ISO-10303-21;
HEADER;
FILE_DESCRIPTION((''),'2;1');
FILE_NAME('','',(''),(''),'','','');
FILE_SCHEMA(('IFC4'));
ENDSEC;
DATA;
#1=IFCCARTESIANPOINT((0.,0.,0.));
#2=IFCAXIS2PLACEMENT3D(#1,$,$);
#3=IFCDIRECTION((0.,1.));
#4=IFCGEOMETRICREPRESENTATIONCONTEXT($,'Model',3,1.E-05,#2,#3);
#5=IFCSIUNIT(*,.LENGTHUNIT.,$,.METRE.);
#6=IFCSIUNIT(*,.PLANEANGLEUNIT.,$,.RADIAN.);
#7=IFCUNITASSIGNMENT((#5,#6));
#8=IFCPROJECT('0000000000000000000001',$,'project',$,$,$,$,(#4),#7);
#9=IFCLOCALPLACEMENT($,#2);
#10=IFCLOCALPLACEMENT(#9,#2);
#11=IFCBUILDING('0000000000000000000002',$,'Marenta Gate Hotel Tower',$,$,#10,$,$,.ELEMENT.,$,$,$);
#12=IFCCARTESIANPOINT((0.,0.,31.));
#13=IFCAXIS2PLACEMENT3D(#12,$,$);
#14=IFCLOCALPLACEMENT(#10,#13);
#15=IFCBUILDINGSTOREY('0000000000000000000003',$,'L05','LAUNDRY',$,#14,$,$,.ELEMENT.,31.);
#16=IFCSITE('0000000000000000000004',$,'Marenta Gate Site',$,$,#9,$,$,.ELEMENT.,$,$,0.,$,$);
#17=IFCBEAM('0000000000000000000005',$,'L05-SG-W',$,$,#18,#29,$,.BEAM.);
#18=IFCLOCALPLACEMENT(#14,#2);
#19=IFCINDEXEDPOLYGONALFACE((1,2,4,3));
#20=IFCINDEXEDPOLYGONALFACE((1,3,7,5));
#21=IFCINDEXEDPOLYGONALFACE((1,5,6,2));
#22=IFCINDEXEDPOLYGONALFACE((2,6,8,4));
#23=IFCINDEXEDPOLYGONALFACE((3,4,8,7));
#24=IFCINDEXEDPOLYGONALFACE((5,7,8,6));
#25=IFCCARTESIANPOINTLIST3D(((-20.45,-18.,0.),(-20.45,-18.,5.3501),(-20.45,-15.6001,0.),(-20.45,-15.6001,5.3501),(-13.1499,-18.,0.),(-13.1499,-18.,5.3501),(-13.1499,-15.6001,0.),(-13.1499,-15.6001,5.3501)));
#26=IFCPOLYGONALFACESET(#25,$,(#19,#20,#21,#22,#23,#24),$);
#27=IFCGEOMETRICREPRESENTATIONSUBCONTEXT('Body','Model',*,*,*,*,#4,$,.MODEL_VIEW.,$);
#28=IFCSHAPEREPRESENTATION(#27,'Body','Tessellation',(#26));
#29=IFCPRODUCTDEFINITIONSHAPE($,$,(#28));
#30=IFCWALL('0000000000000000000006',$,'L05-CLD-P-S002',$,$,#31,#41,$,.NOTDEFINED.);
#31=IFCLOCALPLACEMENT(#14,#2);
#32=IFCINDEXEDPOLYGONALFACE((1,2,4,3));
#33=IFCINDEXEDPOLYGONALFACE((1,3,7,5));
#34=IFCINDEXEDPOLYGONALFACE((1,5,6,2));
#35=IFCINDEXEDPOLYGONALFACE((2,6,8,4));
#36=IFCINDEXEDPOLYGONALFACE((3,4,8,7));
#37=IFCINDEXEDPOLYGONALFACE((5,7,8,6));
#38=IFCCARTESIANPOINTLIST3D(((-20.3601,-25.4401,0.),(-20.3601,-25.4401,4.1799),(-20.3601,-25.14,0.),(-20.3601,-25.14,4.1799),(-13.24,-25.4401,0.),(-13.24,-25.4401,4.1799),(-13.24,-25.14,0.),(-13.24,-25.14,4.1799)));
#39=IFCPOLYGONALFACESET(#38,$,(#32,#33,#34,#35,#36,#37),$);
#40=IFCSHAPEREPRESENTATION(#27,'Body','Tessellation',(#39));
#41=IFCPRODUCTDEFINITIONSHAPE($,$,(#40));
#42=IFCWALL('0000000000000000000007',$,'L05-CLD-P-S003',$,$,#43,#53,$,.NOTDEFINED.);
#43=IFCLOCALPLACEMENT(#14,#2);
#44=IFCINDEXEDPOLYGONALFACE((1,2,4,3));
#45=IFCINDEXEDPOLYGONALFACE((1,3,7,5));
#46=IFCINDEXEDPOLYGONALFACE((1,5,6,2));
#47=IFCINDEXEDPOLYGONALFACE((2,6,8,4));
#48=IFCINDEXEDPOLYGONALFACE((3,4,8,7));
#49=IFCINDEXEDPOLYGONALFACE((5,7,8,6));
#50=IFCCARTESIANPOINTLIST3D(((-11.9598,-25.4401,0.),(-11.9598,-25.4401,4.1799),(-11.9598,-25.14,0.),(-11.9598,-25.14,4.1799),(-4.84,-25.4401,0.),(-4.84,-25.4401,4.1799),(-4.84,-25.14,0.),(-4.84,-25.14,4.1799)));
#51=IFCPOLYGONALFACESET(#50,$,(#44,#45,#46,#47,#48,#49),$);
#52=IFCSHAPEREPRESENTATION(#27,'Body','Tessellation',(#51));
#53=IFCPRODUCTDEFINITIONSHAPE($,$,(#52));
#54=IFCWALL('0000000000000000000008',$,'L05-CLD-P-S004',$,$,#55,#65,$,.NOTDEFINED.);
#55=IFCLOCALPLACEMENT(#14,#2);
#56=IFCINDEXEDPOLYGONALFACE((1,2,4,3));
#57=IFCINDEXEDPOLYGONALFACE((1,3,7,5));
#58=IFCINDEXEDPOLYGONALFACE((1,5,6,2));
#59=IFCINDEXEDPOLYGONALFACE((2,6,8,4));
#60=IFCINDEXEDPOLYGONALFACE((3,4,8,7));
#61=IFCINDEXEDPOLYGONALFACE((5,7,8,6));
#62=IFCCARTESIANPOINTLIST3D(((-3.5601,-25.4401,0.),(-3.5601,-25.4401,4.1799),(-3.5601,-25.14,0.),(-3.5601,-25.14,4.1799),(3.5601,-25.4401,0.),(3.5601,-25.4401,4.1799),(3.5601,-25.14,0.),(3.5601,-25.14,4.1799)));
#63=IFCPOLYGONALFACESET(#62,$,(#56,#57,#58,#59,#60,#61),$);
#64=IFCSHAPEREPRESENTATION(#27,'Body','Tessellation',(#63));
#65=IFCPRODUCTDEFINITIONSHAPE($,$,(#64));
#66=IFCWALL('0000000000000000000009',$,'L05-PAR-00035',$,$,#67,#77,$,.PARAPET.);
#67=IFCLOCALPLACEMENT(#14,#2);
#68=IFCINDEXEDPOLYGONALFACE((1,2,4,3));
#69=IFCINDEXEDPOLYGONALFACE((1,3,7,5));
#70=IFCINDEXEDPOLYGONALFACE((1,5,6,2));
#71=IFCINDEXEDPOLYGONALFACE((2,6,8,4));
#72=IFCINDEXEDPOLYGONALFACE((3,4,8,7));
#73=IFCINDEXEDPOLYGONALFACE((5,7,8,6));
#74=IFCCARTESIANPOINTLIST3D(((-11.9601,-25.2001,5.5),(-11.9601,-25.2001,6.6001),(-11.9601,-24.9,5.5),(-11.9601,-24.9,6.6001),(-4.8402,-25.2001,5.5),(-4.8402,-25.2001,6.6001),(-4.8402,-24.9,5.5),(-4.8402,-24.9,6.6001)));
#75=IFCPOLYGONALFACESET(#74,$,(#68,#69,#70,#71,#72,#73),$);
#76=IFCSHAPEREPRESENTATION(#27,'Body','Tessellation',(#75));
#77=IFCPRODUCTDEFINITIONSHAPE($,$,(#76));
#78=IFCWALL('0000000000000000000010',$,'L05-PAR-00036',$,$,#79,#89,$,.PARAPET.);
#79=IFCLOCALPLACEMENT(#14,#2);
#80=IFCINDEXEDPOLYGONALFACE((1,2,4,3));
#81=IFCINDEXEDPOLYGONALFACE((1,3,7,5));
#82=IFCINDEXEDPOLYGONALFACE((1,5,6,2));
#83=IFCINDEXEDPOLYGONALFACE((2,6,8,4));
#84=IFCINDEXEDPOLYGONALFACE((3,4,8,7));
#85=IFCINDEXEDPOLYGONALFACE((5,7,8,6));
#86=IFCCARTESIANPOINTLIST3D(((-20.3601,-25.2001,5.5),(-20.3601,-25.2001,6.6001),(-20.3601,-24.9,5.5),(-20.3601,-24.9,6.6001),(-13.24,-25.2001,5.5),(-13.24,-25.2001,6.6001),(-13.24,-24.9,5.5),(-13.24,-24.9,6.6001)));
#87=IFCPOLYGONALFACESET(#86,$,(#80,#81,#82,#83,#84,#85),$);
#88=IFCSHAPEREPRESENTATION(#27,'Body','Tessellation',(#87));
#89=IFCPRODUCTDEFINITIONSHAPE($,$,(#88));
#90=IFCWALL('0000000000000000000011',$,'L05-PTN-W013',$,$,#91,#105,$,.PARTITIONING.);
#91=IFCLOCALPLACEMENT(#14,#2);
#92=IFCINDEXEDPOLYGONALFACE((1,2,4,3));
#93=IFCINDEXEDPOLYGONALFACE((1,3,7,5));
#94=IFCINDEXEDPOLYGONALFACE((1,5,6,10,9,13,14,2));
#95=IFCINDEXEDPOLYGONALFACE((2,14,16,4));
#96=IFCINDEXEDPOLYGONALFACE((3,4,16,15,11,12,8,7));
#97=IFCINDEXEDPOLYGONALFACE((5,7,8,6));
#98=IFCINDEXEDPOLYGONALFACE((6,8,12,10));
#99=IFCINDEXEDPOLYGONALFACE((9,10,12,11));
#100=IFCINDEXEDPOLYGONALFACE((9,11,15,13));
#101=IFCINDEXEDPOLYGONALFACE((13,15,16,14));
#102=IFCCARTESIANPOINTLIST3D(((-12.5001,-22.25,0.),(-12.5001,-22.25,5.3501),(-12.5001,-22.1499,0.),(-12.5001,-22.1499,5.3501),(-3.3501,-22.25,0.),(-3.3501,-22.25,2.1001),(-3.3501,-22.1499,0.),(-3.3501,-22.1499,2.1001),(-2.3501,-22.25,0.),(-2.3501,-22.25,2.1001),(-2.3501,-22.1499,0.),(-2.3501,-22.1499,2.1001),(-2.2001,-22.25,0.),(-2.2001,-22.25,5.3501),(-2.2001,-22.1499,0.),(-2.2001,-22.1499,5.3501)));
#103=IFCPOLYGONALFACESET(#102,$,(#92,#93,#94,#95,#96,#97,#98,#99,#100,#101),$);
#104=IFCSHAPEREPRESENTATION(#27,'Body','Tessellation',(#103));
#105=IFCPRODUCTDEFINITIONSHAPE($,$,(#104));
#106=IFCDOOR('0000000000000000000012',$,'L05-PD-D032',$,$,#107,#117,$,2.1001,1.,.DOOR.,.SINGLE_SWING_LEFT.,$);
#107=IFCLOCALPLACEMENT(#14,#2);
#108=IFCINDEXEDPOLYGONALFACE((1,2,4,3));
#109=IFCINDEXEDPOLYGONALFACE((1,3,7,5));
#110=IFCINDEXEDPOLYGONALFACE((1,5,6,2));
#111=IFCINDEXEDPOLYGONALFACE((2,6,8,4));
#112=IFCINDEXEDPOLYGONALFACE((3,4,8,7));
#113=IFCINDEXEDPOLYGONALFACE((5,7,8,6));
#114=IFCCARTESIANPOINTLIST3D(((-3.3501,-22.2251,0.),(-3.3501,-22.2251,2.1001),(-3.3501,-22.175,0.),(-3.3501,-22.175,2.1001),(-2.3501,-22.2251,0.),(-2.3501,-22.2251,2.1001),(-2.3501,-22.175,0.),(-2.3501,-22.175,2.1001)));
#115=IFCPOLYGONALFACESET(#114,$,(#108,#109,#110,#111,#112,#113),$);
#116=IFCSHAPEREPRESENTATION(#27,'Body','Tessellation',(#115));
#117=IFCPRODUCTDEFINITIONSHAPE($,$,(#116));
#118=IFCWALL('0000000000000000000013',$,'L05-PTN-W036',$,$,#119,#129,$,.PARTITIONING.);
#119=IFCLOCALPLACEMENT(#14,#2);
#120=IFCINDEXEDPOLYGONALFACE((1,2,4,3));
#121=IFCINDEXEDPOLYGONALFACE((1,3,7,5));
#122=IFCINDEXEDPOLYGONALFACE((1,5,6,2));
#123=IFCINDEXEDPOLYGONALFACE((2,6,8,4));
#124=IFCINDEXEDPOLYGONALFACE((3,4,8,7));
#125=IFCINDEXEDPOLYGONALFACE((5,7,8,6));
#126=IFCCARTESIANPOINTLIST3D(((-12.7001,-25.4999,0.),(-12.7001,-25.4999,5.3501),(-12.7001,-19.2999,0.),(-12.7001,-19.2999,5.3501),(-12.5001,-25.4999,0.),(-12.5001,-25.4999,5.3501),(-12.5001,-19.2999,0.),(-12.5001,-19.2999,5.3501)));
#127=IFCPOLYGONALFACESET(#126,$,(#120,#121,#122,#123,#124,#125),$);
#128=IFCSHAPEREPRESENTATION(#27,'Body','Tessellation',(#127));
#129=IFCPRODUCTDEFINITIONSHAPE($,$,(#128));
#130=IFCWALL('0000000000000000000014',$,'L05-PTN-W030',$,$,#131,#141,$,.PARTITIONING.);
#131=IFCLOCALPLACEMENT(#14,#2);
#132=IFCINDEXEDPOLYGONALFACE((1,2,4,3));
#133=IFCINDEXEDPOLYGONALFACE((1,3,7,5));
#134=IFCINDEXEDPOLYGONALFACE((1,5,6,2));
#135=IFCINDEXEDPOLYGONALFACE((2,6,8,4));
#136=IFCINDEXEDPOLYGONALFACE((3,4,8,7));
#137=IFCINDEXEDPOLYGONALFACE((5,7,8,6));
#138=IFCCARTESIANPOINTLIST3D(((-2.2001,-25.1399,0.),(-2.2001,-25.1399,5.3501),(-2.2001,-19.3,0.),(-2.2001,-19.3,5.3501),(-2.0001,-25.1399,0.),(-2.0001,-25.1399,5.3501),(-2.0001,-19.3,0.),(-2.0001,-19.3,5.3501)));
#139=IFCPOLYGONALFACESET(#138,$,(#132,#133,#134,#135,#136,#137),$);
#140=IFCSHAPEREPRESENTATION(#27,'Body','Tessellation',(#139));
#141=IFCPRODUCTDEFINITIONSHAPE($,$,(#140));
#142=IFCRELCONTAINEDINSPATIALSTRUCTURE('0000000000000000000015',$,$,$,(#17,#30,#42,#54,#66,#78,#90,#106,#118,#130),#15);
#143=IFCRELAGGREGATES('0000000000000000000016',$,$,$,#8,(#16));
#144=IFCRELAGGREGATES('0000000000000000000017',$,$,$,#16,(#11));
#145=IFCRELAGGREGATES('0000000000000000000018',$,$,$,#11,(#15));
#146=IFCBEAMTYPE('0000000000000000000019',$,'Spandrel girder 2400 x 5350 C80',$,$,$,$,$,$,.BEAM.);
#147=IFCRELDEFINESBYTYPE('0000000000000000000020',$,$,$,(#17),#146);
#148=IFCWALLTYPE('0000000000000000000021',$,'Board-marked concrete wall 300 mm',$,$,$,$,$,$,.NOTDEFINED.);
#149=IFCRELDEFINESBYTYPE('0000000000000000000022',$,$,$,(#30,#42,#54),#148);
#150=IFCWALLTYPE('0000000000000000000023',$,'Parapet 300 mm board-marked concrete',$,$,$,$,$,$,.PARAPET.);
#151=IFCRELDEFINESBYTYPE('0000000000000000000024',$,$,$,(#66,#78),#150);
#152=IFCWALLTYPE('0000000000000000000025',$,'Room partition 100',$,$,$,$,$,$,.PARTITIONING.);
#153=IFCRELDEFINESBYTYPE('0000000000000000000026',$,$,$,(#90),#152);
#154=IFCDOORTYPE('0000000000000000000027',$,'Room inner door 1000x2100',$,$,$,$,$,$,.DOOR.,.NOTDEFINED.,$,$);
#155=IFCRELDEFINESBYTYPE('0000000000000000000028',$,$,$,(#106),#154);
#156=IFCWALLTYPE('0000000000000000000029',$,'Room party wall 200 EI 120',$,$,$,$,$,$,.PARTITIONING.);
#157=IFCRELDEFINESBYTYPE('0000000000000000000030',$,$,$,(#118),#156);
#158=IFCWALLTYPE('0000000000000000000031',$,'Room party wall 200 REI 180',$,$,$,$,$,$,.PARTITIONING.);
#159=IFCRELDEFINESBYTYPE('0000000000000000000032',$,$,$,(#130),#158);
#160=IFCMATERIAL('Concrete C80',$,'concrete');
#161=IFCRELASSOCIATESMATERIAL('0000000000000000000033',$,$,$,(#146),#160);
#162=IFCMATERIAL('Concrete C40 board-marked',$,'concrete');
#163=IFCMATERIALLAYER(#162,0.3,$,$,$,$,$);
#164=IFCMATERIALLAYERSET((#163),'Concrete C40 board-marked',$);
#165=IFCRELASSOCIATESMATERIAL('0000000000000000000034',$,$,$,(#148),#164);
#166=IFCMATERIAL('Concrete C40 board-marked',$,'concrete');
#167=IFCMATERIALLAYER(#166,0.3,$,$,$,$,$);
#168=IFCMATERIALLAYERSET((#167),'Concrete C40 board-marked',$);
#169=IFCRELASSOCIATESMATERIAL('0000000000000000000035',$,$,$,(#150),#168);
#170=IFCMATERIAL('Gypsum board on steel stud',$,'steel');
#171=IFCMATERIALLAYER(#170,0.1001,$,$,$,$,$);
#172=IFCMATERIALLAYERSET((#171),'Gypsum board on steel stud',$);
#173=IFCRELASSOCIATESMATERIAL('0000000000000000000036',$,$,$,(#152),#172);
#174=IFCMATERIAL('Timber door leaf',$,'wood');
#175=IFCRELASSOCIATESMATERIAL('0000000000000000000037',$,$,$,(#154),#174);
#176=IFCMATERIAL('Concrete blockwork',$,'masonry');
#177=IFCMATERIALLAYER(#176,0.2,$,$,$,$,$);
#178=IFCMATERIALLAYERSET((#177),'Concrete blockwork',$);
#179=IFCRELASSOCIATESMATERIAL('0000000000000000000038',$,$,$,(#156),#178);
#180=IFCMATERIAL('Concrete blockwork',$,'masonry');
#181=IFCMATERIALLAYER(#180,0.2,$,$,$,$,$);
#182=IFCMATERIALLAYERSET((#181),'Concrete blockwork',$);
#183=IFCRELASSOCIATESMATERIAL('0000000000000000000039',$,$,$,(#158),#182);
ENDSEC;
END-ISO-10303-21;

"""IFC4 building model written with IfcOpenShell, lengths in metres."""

from ifc_helpers import new_model, si_unit, direction, frame, frame_2d, origin, origin_2d, place, context, subcontext, project, spatial, rectangle, extrude, material, layer, layer_set, material_profile, profile_set, type_object, element, fill, save


model = new_model("IFC4")

# Units and contexts
model_context = context("Model", 3, precision=1e-05, world=origin(), true_north=direction((0.0, 1.0)))
body_context = subcontext(model_context, "Body", "Model", "MODEL_VIEW")
ifc_project = project(units=[si_unit("LENGTHUNIT", "METRE"), si_unit("PLANEANGLEUNIT", "RADIAN")], contexts=[model_context])

# Site, building, storey
site_placement = place(None, origin())
site = spatial("IfcSite", under=ifc_project, at=site_placement, Name="Marenta Gate Site", CompositionType="ELEMENT", RefElevation=0.0)
building_placement = place(site_placement, origin())
building = spatial("IfcBuilding", under=site, at=building_placement, Name="Marenta Gate Hotel Tower", CompositionType="ELEMENT")
storey_placement = place(building_placement, frame((0.0, 0.0, 31.0)))
storey = spatial("IfcBuildingStorey", under=building, at=storey_placement, Name="L05", Description="LAUNDRY", CompositionType="ELEMENT", Elevation=31.0)

# Beam
ifc_material_1 = material(Name="Concrete C80", Category="concrete")
ifc_material_profile_1 = material_profile(ifc_material_1, rectangle(XDim=2.3999, YDim=5.3501, at=origin_2d()), Name="2400 x 5350")
ifc_profile_set_1 = profile_set([ifc_material_profile_1], Name="Concrete C80")
beam_type_1 = type_object("IfcBeamType", Name="Spandrel girder 2400 x 5350 C80", PredefinedType="BEAM", material=ifc_profile_set_1)
beam_1_placement = place(storey_placement, frame((-20.45, -16.8, 5.3501), z_axis=(1.0, 0.0, 0.0), x_axis=(0.0, 1.0, 0.0)))
element("IfcBeam", 1, at=beam_1_placement, inside=storey, type_object=beam_type_1, Name="L05-SG-W", PredefinedType="BEAM", context=body_context, shape_type="SweptSolid", body=[
    extrude(rectangle(XDim=2.3999, YDim=5.3501, at=frame_2d((0.0, -2.675))), origin(), (0.0, 0.0, 1.0), 7.3),
])

# Walls
ifc_material_2 = material(Name="Concrete C40 board-marked", Category="concrete")
ifc_layer_1 = layer(ifc_material_2, 0.3)
ifc_layer_set_1 = layer_set([ifc_layer_1], Name="Concrete C40 board-marked")
wall_type_1 = type_object("IfcWallType", Name="Board-marked concrete wall 300 mm", PredefinedType="NOTDEFINED", material=ifc_layer_set_1)
wall_1_placement = place(storey_placement, frame((-20.3601, -25.29, 0.0), z_axis=(0.0, 0.0, 1.0), x_axis=(1.0, 0.0, 0.0)))
element("IfcWall", 2, at=wall_1_placement, inside=storey, type_object=wall_type_1, Name="L05-CLD-P-S002", PredefinedType="NOTDEFINED", context=body_context, shape_type="SweptSolid", body=[
    extrude(rectangle(XDim=7.1201, YDim=0.3, at=frame_2d((3.5601, 0.0))), origin(), (0.0, 0.0, 1.0), 4.1799),
])
wall_2_placement = place(storey_placement, frame((-11.96, -25.29, 0.0), z_axis=(0.0, 0.0, 1.0), x_axis=(1.0, 0.0, 0.0)))
element("IfcWall", 3, at=wall_2_placement, inside=storey, type_object=wall_type_1, Name="L05-CLD-P-S003", PredefinedType="NOTDEFINED", context=body_context, shape_type="SweptSolid", body=[
    extrude(rectangle(XDim=7.1199, YDim=0.3, at=frame_2d((3.5601, 0.0))), origin(), (0.0, 0.0, 1.0), 4.1799),
])
wall_3_placement = place(storey_placement, frame((-3.5601, -25.29, 0.0), z_axis=(0.0, 0.0, 1.0), x_axis=(1.0, 0.0, 0.0)))
element("IfcWall", 4, at=wall_3_placement, inside=storey, type_object=wall_type_1, Name="L05-CLD-P-S004", PredefinedType="NOTDEFINED", context=body_context, shape_type="SweptSolid", body=[
    extrude(rectangle(XDim=7.1201, YDim=0.3, at=frame_2d((3.5601, 0.0))), origin(), (0.0, 0.0, 1.0), 4.1799),
])
ifc_material_3 = material(Name="Concrete C40 board-marked", Category="concrete")
ifc_layer_2 = layer(ifc_material_3, 0.3)
ifc_layer_set_2 = layer_set([ifc_layer_2], Name="Concrete C40 board-marked")
wall_type_2 = type_object("IfcWallType", Name="Parapet 300 mm board-marked concrete", PredefinedType="PARAPET", material=ifc_layer_set_2)
wall_4_placement = place(storey_placement, frame((-4.8401, -25.05, 5.5), z_axis=(0.0, 0.0, 1.0), x_axis=(-1.0, 0.0, 0.0)))
element("IfcWall", 5, at=wall_4_placement, inside=storey, type_object=wall_type_2, Name="L05-PAR-00035", PredefinedType="PARAPET", context=body_context, shape_type="SweptSolid", body=[
    extrude(rectangle(XDim=7.1199, YDim=0.3, at=frame_2d((3.5601, 0.0))), origin(), (0.0, 0.0, 1.0), 1.1001),
])
wall_5_placement = place(storey_placement, frame((-13.24, -25.05, 5.5), z_axis=(0.0, 0.0, 1.0), x_axis=(-1.0, 0.0, 0.0)))
element("IfcWall", 6, at=wall_5_placement, inside=storey, type_object=wall_type_2, Name="L05-PAR-00036", PredefinedType="PARAPET", context=body_context, shape_type="SweptSolid", body=[
    extrude(rectangle(XDim=7.1201, YDim=0.3, at=frame_2d((3.5601, 0.0))), origin(), (0.0, 0.0, 1.0), 1.1001),
])

# Wall, opening, door
ifc_material_4 = material(Name="Gypsum board on steel stud", Category="steel")
ifc_layer_3 = layer(ifc_material_4, 0.1001)
ifc_layer_set_3 = layer_set([ifc_layer_3], Name="Gypsum board on steel stud")
wall_type_3 = type_object("IfcWallType", Name="Room partition 100", PredefinedType="PARTITIONING", material=ifc_layer_set_3)
wall_6_placement = place(storey_placement, frame((-12.5, -22.2, 0.0), z_axis=(0.0, 0.0, 1.0), x_axis=(1.0, 0.0, 0.0)))
wall_6 = element("IfcWall", 7, at=wall_6_placement, inside=storey, type_object=wall_type_3, Name="L05-PTN-W013", PredefinedType="PARTITIONING", context=body_context, shape_type="SweptSolid", body=[
    extrude(rectangle(XDim=10.3, YDim=0.1001, at=frame_2d((5.1499, 0.0))), origin(), (0.0, 0.0, 1.0), 5.3501),
])
opening_1_placement = place(wall_6_placement, frame((9.1499, 0.0, 0.0)))
opening_1 = element("IfcOpeningElement", 8, at=opening_1_placement, cuts=wall_6, PredefinedType="OPENING", context=body_context, shape_type="SweptSolid", body=[
    extrude(rectangle(XDim=1.0, YDim=2.1001, at=frame_2d((0.5, 1.05))), frame((0.0, 0.05, 0.0), z_axis=(0.0, -1.0, 0.0), x_axis=(1.0, 0.0, 0.0)), (0.0, 0.0, 1.0), 0.1001),
])
ifc_material_5 = material(Name="Timber door leaf", Category="wood")
door_type_1 = type_object("IfcDoorType", Name="Room inner door 1000x2100", OperationType="NOTDEFINED", PredefinedType="DOOR", material=ifc_material_5)
door_1_placement = place(opening_1_placement, origin())
door_1 = element("IfcDoor", 9, at=door_1_placement, inside=storey, type_object=door_type_1, Name="L05-PD-D032", OperationType="SINGLE_SWING_LEFT", OverallHeight=2.1001, OverallWidth=1.0, PredefinedType="DOOR", context=body_context, shape_type="SweptSolid", body=[
    extrude(rectangle(XDim=1.0, YDim=2.1001, at=frame_2d((0.5, 1.05))), frame((0.0, 0.0249, 0.0), z_axis=(0.0, -1.0, 0.0), x_axis=(1.0, 0.0, 0.0)), (0.0, 0.0, 1.0), 0.05),
])
fill(opening_1, door_1)

# Walls
ifc_material_6 = material(Name="Concrete blockwork", Category="masonry")
ifc_layer_4 = layer(ifc_material_6, 0.2)
ifc_layer_set_4 = layer_set([ifc_layer_4], Name="Concrete blockwork")
wall_type_4 = type_object("IfcWallType", Name="Room party wall 200 EI 120", PredefinedType="PARTITIONING", material=ifc_layer_set_4)
wall_7_placement = place(storey_placement, frame((-12.6001, -25.5, 0.0), z_axis=(0.0, 0.0, 1.0), x_axis=(0.0, 1.0, 0.0)))
element("IfcWall", 10, at=wall_7_placement, inside=storey, type_object=wall_type_4, Name="L05-PTN-W036", PredefinedType="PARTITIONING", context=body_context, shape_type="SweptSolid", body=[
    extrude(rectangle(XDim=6.2, YDim=0.2, at=frame_2d((3.1001, 0.0))), origin(), (0.0, 0.0, 1.0), 5.3501),
])
ifc_material_7 = material(Name="Concrete blockwork", Category="masonry")
ifc_layer_5 = layer(ifc_material_7, 0.2)
ifc_layer_set_5 = layer_set([ifc_layer_5], Name="Concrete blockwork")
wall_type_5 = type_object("IfcWallType", Name="Room party wall 200 REI 180", PredefinedType="PARTITIONING", material=ifc_layer_set_5)
wall_8_placement = place(storey_placement, frame((-2.1001, -25.1399, 0.0), z_axis=(0.0, 0.0, 1.0), x_axis=(0.0, 1.0, 0.0)))
element("IfcWall", 11, at=wall_8_placement, inside=storey, type_object=wall_type_5, Name="L05-PTN-W030", PredefinedType="PARTITIONING", context=body_context, shape_type="SweptSolid", body=[
    extrude(rectangle(XDim=5.8398, YDim=0.2, at=frame_2d((2.9199, 0.0))), origin(), (0.0, 0.0, 1.0), 5.3501),
])

save(model, "model.ifc")
